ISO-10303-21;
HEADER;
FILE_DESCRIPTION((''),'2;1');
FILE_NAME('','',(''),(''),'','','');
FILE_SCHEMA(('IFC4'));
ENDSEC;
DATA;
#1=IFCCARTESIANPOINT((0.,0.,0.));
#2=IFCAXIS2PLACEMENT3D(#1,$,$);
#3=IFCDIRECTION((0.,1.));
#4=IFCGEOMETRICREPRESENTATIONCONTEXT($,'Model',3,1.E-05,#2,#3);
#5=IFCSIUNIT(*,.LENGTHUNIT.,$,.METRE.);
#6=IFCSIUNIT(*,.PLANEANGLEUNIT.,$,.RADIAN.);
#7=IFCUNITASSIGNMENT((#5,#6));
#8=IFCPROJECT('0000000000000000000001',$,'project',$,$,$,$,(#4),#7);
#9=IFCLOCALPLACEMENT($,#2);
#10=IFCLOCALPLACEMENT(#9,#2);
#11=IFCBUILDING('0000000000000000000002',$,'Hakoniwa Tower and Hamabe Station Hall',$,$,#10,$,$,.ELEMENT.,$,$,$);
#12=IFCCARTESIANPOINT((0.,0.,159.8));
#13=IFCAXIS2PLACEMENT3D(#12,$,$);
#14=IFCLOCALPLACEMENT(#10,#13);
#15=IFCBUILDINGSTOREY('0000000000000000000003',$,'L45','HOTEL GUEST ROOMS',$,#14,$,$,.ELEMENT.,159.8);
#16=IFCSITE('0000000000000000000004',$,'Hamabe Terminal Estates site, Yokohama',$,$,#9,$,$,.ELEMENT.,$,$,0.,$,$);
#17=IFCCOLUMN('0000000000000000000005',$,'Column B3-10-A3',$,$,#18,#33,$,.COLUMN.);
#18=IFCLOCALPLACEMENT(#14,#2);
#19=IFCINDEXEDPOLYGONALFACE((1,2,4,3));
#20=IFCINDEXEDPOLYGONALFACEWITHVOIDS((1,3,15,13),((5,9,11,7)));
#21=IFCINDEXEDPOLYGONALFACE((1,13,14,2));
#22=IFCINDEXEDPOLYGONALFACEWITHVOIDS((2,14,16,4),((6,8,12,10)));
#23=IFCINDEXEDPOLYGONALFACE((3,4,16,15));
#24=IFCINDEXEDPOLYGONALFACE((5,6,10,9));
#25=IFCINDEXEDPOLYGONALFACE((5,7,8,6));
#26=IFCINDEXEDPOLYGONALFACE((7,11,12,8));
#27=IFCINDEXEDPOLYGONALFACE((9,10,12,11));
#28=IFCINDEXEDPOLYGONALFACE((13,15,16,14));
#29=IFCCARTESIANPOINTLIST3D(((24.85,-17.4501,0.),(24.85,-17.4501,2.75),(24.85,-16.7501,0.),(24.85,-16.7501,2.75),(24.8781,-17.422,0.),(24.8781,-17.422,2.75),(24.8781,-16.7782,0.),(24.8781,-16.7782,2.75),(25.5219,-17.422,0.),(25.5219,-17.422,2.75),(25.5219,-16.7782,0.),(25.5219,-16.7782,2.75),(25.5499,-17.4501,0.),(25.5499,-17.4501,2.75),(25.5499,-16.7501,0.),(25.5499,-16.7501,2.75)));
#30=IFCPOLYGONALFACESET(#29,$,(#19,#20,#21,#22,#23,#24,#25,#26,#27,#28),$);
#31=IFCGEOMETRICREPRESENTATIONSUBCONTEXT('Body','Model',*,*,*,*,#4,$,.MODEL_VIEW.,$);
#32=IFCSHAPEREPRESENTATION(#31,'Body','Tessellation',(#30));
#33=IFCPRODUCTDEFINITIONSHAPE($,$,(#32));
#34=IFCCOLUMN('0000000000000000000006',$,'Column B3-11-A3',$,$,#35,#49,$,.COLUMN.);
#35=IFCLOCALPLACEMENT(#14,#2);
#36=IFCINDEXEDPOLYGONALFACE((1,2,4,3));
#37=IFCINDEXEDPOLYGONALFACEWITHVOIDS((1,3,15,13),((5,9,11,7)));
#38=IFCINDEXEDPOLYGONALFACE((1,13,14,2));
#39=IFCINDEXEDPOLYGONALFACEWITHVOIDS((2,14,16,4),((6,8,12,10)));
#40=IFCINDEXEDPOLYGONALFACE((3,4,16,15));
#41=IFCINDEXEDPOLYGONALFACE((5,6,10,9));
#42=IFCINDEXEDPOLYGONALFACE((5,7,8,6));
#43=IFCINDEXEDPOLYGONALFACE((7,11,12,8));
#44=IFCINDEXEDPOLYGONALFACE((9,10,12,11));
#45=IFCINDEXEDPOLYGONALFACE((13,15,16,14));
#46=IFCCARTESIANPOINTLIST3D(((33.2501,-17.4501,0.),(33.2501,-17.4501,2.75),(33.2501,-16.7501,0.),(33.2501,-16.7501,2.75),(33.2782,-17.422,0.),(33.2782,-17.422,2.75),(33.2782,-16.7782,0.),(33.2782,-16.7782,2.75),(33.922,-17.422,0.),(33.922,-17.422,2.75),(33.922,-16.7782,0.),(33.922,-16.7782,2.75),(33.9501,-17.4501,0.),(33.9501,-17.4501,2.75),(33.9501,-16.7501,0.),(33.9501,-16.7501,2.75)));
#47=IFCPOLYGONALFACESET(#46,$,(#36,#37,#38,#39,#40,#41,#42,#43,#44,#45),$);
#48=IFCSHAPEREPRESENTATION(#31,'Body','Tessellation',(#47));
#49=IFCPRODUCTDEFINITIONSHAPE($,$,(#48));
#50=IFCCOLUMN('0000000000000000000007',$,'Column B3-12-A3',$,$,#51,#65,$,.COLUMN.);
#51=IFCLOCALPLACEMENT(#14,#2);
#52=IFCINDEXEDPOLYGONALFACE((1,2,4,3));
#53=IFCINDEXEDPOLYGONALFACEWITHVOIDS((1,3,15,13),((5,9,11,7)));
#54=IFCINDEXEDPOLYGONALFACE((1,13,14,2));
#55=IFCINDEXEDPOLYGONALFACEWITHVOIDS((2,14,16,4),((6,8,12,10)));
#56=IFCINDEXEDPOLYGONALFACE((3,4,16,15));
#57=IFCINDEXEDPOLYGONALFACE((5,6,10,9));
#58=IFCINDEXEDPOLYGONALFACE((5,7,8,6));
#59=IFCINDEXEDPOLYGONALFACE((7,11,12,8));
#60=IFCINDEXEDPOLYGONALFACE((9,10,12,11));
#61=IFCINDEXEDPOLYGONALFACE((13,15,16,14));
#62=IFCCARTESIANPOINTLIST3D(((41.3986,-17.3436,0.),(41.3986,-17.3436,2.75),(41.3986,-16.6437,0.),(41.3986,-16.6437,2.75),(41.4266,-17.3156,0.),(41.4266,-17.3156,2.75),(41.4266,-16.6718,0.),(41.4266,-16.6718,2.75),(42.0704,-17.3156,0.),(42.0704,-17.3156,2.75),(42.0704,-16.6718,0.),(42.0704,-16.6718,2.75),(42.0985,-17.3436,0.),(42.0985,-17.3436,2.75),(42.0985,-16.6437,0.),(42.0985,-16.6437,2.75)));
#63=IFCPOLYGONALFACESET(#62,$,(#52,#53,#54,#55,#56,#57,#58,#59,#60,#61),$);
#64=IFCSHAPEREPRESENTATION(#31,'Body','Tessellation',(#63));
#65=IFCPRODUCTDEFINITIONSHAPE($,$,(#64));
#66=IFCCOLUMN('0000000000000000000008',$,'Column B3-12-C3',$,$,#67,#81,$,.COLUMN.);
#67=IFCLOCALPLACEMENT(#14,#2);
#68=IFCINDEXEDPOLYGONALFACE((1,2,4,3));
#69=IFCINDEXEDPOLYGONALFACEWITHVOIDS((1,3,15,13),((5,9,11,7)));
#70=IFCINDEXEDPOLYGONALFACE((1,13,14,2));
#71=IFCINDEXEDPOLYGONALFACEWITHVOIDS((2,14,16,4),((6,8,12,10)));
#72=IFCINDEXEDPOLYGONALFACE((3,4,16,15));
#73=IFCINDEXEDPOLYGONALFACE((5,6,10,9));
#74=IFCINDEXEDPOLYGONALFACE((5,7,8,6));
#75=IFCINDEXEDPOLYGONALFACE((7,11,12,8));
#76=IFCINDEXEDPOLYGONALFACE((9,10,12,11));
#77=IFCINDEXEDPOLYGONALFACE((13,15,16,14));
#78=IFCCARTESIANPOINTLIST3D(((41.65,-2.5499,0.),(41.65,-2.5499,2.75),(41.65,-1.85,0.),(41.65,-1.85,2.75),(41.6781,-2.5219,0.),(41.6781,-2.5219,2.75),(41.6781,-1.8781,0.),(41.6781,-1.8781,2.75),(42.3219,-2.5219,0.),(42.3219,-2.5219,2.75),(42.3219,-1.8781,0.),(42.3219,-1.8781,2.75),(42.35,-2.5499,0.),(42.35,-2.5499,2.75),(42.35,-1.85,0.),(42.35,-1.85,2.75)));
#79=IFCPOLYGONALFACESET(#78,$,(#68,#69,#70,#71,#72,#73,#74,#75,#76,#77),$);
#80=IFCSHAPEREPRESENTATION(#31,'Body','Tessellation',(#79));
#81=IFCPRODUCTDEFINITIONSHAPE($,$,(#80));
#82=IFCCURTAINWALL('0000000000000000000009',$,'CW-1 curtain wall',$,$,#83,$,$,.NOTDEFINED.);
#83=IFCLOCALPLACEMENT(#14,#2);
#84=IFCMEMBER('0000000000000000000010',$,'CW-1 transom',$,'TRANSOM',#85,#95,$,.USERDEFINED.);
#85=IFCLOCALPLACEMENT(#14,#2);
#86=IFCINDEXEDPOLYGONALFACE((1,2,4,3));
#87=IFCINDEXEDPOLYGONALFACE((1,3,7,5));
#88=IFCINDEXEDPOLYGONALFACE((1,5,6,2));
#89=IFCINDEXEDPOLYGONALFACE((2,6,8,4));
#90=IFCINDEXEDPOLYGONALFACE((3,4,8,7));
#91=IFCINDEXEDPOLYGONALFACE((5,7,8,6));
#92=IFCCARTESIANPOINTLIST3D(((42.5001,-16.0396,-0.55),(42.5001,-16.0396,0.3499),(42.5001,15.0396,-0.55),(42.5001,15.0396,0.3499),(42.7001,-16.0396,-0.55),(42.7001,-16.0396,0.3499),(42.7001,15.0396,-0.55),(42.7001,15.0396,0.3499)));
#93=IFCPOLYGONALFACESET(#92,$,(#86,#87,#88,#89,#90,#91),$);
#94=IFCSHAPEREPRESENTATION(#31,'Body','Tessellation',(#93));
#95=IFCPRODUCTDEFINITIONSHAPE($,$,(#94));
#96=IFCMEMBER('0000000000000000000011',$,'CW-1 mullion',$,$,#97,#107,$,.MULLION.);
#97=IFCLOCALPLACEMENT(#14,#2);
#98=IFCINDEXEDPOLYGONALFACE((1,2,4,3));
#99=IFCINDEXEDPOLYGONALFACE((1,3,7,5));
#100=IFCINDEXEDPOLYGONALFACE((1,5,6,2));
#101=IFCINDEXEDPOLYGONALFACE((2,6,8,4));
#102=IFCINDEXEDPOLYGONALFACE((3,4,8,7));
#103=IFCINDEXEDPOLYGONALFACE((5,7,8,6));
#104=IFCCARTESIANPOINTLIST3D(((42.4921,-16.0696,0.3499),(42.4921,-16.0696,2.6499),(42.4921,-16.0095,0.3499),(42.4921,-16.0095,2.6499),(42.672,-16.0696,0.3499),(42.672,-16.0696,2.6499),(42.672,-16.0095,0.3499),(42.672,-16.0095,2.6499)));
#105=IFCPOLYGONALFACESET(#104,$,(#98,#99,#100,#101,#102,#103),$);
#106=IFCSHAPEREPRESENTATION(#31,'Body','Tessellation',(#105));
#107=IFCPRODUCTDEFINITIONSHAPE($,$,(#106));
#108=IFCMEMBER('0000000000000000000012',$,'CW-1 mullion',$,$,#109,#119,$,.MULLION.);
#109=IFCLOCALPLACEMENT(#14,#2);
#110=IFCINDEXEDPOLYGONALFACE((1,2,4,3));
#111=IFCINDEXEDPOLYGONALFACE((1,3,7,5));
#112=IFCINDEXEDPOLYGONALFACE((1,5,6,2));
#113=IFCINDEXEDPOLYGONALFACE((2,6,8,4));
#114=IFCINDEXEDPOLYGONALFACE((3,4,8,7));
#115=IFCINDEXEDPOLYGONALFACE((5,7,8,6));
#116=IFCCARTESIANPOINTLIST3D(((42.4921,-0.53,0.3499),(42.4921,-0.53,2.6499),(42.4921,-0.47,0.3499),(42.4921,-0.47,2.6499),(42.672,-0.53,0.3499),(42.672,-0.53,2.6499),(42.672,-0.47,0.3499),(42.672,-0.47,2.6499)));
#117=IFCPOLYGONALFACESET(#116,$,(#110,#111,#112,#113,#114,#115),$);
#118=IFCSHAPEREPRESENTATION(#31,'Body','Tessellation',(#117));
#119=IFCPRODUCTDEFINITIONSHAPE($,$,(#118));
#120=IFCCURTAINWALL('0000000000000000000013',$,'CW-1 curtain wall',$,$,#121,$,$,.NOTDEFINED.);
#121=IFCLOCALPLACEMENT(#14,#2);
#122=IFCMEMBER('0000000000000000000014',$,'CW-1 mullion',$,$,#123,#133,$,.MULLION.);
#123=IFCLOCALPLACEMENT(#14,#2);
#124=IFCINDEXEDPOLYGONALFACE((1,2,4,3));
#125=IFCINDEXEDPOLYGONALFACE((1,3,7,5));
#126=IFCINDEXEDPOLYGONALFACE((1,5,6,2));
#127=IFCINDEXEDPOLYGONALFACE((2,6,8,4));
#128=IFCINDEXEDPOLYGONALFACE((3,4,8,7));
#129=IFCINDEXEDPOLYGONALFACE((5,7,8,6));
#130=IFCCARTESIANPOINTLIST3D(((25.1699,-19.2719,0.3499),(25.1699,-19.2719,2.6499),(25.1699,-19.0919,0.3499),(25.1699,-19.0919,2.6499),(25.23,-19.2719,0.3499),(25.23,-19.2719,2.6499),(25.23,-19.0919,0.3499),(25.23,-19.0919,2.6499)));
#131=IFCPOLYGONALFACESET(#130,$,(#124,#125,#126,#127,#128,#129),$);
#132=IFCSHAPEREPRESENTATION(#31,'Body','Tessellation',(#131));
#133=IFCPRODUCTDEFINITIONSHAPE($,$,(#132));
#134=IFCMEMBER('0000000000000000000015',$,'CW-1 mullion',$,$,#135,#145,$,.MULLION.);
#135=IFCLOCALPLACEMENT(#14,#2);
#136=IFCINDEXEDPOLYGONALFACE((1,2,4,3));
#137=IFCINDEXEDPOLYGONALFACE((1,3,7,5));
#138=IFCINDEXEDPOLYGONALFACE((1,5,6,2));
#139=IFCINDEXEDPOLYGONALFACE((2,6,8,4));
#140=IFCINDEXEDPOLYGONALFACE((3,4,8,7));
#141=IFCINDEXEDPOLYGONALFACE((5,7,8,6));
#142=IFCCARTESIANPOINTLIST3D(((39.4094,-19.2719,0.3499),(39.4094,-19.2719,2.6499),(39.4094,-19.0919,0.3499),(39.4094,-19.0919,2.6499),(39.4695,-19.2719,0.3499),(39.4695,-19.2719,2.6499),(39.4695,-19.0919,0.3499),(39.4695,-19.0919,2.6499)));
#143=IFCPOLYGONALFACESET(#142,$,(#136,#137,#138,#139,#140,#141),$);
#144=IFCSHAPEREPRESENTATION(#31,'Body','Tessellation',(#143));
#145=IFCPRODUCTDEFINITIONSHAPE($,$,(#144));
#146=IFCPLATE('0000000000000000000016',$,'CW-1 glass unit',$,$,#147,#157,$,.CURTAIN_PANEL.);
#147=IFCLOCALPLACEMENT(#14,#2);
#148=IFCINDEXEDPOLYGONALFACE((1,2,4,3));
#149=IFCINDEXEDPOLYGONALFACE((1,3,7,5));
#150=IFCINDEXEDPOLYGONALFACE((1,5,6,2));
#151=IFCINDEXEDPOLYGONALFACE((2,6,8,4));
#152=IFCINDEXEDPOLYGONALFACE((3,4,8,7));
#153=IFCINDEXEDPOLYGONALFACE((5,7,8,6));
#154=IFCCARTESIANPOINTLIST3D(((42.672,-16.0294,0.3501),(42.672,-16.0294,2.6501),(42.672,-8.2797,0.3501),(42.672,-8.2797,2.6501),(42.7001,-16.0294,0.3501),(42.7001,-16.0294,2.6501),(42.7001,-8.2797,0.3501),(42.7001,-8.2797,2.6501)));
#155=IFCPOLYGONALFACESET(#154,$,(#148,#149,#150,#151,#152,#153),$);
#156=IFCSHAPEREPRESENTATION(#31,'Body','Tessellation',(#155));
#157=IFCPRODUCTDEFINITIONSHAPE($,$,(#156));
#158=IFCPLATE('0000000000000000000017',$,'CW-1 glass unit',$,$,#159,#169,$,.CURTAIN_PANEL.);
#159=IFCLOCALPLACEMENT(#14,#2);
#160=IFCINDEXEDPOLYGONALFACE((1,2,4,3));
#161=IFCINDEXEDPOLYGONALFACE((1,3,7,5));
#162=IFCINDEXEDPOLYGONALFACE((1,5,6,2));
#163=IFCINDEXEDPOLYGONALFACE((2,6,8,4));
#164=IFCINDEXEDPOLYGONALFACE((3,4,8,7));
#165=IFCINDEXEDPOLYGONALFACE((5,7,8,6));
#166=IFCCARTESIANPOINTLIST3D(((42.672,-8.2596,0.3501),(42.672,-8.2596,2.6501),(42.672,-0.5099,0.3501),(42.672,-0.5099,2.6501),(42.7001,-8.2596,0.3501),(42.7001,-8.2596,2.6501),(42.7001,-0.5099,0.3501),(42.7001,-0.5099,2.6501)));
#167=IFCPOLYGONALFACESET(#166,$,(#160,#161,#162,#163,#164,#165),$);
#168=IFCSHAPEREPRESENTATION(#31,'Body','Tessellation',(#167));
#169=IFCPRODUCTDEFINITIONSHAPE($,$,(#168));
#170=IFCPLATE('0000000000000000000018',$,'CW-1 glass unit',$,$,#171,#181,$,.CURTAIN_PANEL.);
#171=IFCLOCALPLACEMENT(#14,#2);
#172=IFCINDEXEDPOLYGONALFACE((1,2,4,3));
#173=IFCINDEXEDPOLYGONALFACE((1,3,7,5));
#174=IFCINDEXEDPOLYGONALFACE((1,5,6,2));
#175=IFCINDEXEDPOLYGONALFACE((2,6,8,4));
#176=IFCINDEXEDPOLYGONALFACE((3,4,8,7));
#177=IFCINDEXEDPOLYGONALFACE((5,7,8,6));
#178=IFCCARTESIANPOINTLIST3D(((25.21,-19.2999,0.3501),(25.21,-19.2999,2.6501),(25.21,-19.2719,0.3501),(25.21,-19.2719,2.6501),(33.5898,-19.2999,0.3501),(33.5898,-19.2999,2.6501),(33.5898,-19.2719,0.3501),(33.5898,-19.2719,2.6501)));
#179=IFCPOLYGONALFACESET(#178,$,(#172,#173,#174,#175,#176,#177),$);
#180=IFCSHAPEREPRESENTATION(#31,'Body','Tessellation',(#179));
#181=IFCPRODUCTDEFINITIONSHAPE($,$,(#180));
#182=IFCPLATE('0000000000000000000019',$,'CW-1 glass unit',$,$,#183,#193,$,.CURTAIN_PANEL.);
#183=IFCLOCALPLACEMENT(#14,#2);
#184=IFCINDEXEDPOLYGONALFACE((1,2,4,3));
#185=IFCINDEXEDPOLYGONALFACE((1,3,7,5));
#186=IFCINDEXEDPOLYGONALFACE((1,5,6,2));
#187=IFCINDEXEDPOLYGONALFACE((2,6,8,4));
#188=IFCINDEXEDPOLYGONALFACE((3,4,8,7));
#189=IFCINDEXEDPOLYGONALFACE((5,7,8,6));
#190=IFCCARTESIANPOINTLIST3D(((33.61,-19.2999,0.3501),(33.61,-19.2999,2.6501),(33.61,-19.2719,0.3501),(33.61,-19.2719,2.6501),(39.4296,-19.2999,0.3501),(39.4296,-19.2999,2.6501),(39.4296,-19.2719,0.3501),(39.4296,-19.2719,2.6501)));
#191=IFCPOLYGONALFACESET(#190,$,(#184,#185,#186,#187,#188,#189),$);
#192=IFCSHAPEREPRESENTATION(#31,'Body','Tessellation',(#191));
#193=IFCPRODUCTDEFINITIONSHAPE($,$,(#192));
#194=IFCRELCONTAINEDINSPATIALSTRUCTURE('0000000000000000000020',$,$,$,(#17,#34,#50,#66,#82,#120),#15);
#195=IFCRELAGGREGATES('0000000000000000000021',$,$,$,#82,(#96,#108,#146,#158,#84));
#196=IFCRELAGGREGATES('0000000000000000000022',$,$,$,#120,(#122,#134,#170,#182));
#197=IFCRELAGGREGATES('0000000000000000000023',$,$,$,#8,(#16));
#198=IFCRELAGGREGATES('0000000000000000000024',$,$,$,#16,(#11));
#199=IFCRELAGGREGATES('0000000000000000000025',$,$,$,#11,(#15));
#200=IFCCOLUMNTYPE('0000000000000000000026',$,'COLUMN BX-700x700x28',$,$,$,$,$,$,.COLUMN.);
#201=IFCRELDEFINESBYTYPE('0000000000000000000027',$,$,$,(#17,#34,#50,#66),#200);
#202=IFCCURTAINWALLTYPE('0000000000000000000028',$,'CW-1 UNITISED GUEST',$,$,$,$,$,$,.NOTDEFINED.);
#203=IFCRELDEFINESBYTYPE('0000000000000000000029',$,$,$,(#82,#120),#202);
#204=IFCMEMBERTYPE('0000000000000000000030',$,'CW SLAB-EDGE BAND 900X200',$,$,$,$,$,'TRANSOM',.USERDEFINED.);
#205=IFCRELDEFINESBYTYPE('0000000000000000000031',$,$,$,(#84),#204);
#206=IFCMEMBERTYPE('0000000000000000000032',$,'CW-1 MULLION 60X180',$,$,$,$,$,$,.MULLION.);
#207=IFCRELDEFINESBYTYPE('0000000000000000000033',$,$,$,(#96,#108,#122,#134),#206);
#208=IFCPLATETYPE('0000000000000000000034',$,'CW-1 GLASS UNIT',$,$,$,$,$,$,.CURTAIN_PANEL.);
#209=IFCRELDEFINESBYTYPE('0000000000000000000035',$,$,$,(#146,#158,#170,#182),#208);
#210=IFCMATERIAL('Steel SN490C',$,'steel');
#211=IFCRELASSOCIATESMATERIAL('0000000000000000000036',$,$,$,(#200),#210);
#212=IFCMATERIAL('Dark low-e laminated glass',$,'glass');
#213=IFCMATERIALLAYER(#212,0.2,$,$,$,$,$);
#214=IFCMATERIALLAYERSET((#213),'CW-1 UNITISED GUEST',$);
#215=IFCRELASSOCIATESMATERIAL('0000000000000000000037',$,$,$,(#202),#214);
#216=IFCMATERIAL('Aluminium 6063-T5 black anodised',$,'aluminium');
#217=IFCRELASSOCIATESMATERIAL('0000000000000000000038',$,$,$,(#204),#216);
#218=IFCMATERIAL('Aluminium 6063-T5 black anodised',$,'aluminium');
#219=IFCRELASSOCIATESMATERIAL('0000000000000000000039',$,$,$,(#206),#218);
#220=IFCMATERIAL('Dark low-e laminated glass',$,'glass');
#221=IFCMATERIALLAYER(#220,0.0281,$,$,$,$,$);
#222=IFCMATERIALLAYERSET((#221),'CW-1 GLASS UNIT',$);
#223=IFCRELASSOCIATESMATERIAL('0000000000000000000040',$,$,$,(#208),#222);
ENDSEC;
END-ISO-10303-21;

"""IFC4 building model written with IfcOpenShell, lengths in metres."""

from ifc_helpers import new_model, si_unit, direction, frame, origin, origin_2d, place, context, subcontext, project, spatial, rectangle, hollow_rectangle, extrude, material, layer, layer_set, material_profile, profile_set, type_object, element, aggregate, save


model = new_model("IFC4")

# Units and contexts
model_context = context("Model", 3, precision=1e-05, world=origin(), true_north=direction((0.0, 1.0)))
body_context = subcontext(model_context, "Body", "Model", "MODEL_VIEW")
ifc_project = project(units=[si_unit("LENGTHUNIT", "METRE"), si_unit("PLANEANGLEUNIT", "RADIAN")], contexts=[model_context])

# Site, building, storey
site_placement = place(None, origin())
site = spatial("IfcSite", under=ifc_project, at=site_placement, Name="Hamabe Terminal Estates site, Yokohama", CompositionType="ELEMENT", RefElevation=0.0)
building_placement = place(site_placement, origin())
building = spatial("IfcBuilding", under=site, at=building_placement, Name="Hakoniwa Tower and Hamabe Station Hall", CompositionType="ELEMENT")
storey_placement = place(building_placement, frame((0.0, 0.0, 159.8)))
storey = spatial("IfcBuildingStorey", under=building, at=storey_placement, Name="L45", Description="HOTEL GUEST ROOMS", CompositionType="ELEMENT", Elevation=159.8)

# Columns
ifc_material_1 = material(Name="Steel SN490C", Category="steel")
ifc_material_profile_1 = material_profile(ifc_material_1, hollow_rectangle(XDim=0.7, YDim=0.7, WallThickness=0.0281, at=origin_2d()), Name="BX-700x700x28")
ifc_profile_set_1 = profile_set([ifc_material_profile_1], Name="Steel SN490C")
column_type = type_object("IfcColumnType", Name="COLUMN BX-700x700x28", PredefinedType="COLUMN", material=ifc_profile_set_1)
for number, where, z_axis, x_axis, name in (
    (1, (25.2, -17.1001, 0.0), (0.0, 0.0, 1.0), (1.0, 0.0, 0.0), "Column B3-10-A3"),
    (2, (33.6001, -17.1001, 0.0), (0.0, 0.0, 1.0), (1.0, 0.0, 0.0), "Column B3-11-A3"),
    (3, (41.7485, -16.9937, 0.0), (0.0, 0.0, 1.0), (1.0, 0.0, 0.0), "Column B3-12-A3"),
    (4, (42.0, -2.2, 0.0), (0.0, 0.0, 1.0), (1.0, 0.0, 0.0), "Column B3-12-C3"),
):
    element("IfcColumn", number, at=place(storey_placement, frame(where, z_axis=z_axis, x_axis=x_axis)), inside=storey, type_object=column_type, Name=name, PredefinedType="COLUMN", context=body_context, shape_type="SweptSolid", body=[
        extrude(hollow_rectangle(XDim=0.7, YDim=0.7, WallThickness=0.0281, at=origin_2d()), origin(), (0.0, 0.0, 1.0), 2.75),
    ])

# Curtain walls, members
ifc_material_2 = material(Name="Dark low-e laminated glass", Category="glass")
ifc_layer_1 = layer(ifc_material_2, 0.2)
ifc_layer_set_1 = layer_set([ifc_layer_1], Name="CW-1 UNITISED GUEST")
curtain_wall_type = type_object("IfcCurtainWallType", Name="CW-1 UNITISED GUEST", PredefinedType="NOTDEFINED", material=ifc_layer_set_1)
curtain_wall_1_placement = place(storey_placement, origin())
curtain_wall_1 = element("IfcCurtainWall", 5, at=curtain_wall_1_placement, inside=storey, type_object=curtain_wall_type, Name="CW-1 curtain wall", PredefinedType="NOTDEFINED")
ifc_material_3 = material(Name="Aluminium 6063-T5 black anodised", Category="aluminium")
ifc_material_profile_2 = material_profile(ifc_material_3, rectangle(XDim=0.2, YDim=0.8999, at=origin_2d()), Name="CW SLAB-EDGE BAND 900X200")
ifc_profile_set_2 = profile_set([ifc_material_profile_2], Name="Aluminium 6063-T5 black anodised")
member_type_1 = type_object("IfcMemberType", Name="CW SLAB-EDGE BAND 900X200", ElementType="TRANSOM", PredefinedType="USERDEFINED", material=ifc_profile_set_2)
member_1_placement = place(storey_placement, frame((42.6001, -16.0396, -0.1001), z_axis=(0.0, 1.0, 0.0), x_axis=(-1.0, 0.0, 0.0)))
member_1 = element("IfcMember", 6, at=member_1_placement, type_object=member_type_1, Name="CW-1 transom", ObjectType="TRANSOM", PredefinedType="USERDEFINED", context=body_context, shape_type="SweptSolid", body=[
    extrude(rectangle(XDim=0.2, YDim=0.8999, at=origin_2d()), origin(), (0.0, 0.0, 1.0), 31.0791),
])
ifc_material_4 = material(Name="Aluminium 6063-T5 black anodised", Category="aluminium")
ifc_material_profile_3 = material_profile(ifc_material_4, rectangle(XDim=0.0601, YDim=0.1799, at=origin_2d()), Name="CW-1 MULLION 60X180")
ifc_profile_set_3 = profile_set([ifc_material_profile_3], Name="Aluminium 6063-T5 black anodised")
member_type_2 = type_object("IfcMemberType", Name="CW-1 MULLION 60X180", PredefinedType="MULLION", material=ifc_profile_set_3)
member_2_placement = place(storey_placement, frame((42.582, -16.0396, 0.3499), z_axis=(0.0, 0.0, 1.0), x_axis=(0.0, 1.0, 0.0)))
member_2 = element("IfcMember", 7, at=member_2_placement, type_object=member_type_2, Name="CW-1 mullion", PredefinedType="MULLION", context=body_context, shape_type="SweptSolid", body=[
    extrude(rectangle(XDim=0.0601, YDim=0.1799, at=origin_2d()), origin(), (0.0, 0.0, 1.0), 2.3),
])
member_3_placement = place(storey_placement, frame((42.582, -0.5, 0.3499), z_axis=(0.0, 0.0, 1.0), x_axis=(0.0, 1.0, 0.0)))
member_3 = element("IfcMember", 8, at=member_3_placement, type_object=member_type_2, Name="CW-1 mullion", PredefinedType="MULLION", context=body_context, shape_type="SweptSolid", body=[
    extrude(rectangle(XDim=0.0601, YDim=0.1799, at=origin_2d()), origin(), (0.0, 0.0, 1.0), 2.3),
])
curtain_wall_2_placement = place(storey_placement, origin())
curtain_wall_2 = element("IfcCurtainWall", 9, at=curtain_wall_2_placement, inside=storey, type_object=curtain_wall_type, Name="CW-1 curtain wall", PredefinedType="NOTDEFINED")
member_4_placement = place(storey_placement, frame((25.2, -19.1819, 0.3499), z_axis=(0.0, 0.0, 1.0), x_axis=(1.0, 0.0, 0.0)))
member_4 = element("IfcMember", 10, at=member_4_placement, type_object=member_type_2, Name="CW-1 mullion", PredefinedType="MULLION", context=body_context, shape_type="SweptSolid", body=[
    extrude(rectangle(XDim=0.0601, YDim=0.1799, at=origin_2d()), origin(), (0.0, 0.0, 1.0), 2.3),
])
member_5_placement = place(storey_placement, frame((39.4395, -19.1819, 0.3499), z_axis=(0.0, 0.0, 1.0), x_axis=(1.0, 0.0, 0.0)))
member_5 = element("IfcMember", 11, at=member_5_placement, type_object=member_type_2, Name="CW-1 mullion", PredefinedType="MULLION", context=body_context, shape_type="SweptSolid", body=[
    extrude(rectangle(XDim=0.0601, YDim=0.1799, at=origin_2d()), origin(), (0.0, 0.0, 1.0), 2.3),
])

# Plates
ifc_material_5 = material(Name="Dark low-e laminated glass", Category="glass")
ifc_layer_2 = layer(ifc_material_5, 0.0281)
ifc_layer_set_2 = layer_set([ifc_layer_2], Name="CW-1 GLASS UNIT")
plate_type = type_object("IfcPlateType", Name="CW-1 GLASS UNIT", PredefinedType="CURTAIN_PANEL", material=ifc_layer_set_2)
plate_1_placement = place(storey_placement, frame((42.686, -12.1545, 0.3501), z_axis=(0.0, 0.0, 1.0), x_axis=(0.0, 1.0, 0.0)))
plate_1 = element("IfcPlate", 12, at=plate_1_placement, type_object=plate_type, Name="CW-1 glass unit", PredefinedType="CURTAIN_PANEL", context=body_context, shape_type="SweptSolid", body=[
    extrude(rectangle(XDim=7.7498, YDim=0.0281, at=origin_2d()), origin(), (0.0, 0.0, 1.0), 2.3),
])
plate_2_placement = place(storey_placement, frame((42.686, -4.3848, 0.3501), z_axis=(0.0, 0.0, 1.0), x_axis=(0.0, 1.0, 0.0)))
plate_2 = element("IfcPlate", 13, at=plate_2_placement, type_object=plate_type, Name="CW-1 glass unit", PredefinedType="CURTAIN_PANEL", context=body_context, shape_type="SweptSolid", body=[
    extrude(rectangle(XDim=7.7498, YDim=0.0281, at=origin_2d()), origin(), (0.0, 0.0, 1.0), 2.3),
])
aggregate(curtain_wall_1, [member_2, member_3, plate_1, plate_2, member_1])
plate_3_placement = place(storey_placement, frame((29.3999, -19.2859, 0.3501), z_axis=(0.0, 0.0, 1.0), x_axis=(1.0, 0.0, 0.0)))
plate_3 = element("IfcPlate", 14, at=plate_3_placement, type_object=plate_type, Name="CW-1 glass unit", PredefinedType="CURTAIN_PANEL", context=body_context, shape_type="SweptSolid", body=[
    extrude(rectangle(XDim=8.3799, YDim=0.0281, at=origin_2d()), origin(), (0.0, 0.0, 1.0), 2.3),
])
plate_4_placement = place(storey_placement, frame((36.5198, -19.2859, 0.3501), z_axis=(0.0, 0.0, 1.0), x_axis=(1.0, 0.0, 0.0)))
plate_4 = element("IfcPlate", 15, at=plate_4_placement, type_object=plate_type, Name="CW-1 glass unit", PredefinedType="CURTAIN_PANEL", context=body_context, shape_type="SweptSolid", body=[
    extrude(rectangle(XDim=5.8196, YDim=0.0281, at=origin_2d()), origin(), (0.0, 0.0, 1.0), 2.3),
])
aggregate(curtain_wall_2, [member_4, member_5, plate_3, plate_4])

save(model, "model.ifc")
